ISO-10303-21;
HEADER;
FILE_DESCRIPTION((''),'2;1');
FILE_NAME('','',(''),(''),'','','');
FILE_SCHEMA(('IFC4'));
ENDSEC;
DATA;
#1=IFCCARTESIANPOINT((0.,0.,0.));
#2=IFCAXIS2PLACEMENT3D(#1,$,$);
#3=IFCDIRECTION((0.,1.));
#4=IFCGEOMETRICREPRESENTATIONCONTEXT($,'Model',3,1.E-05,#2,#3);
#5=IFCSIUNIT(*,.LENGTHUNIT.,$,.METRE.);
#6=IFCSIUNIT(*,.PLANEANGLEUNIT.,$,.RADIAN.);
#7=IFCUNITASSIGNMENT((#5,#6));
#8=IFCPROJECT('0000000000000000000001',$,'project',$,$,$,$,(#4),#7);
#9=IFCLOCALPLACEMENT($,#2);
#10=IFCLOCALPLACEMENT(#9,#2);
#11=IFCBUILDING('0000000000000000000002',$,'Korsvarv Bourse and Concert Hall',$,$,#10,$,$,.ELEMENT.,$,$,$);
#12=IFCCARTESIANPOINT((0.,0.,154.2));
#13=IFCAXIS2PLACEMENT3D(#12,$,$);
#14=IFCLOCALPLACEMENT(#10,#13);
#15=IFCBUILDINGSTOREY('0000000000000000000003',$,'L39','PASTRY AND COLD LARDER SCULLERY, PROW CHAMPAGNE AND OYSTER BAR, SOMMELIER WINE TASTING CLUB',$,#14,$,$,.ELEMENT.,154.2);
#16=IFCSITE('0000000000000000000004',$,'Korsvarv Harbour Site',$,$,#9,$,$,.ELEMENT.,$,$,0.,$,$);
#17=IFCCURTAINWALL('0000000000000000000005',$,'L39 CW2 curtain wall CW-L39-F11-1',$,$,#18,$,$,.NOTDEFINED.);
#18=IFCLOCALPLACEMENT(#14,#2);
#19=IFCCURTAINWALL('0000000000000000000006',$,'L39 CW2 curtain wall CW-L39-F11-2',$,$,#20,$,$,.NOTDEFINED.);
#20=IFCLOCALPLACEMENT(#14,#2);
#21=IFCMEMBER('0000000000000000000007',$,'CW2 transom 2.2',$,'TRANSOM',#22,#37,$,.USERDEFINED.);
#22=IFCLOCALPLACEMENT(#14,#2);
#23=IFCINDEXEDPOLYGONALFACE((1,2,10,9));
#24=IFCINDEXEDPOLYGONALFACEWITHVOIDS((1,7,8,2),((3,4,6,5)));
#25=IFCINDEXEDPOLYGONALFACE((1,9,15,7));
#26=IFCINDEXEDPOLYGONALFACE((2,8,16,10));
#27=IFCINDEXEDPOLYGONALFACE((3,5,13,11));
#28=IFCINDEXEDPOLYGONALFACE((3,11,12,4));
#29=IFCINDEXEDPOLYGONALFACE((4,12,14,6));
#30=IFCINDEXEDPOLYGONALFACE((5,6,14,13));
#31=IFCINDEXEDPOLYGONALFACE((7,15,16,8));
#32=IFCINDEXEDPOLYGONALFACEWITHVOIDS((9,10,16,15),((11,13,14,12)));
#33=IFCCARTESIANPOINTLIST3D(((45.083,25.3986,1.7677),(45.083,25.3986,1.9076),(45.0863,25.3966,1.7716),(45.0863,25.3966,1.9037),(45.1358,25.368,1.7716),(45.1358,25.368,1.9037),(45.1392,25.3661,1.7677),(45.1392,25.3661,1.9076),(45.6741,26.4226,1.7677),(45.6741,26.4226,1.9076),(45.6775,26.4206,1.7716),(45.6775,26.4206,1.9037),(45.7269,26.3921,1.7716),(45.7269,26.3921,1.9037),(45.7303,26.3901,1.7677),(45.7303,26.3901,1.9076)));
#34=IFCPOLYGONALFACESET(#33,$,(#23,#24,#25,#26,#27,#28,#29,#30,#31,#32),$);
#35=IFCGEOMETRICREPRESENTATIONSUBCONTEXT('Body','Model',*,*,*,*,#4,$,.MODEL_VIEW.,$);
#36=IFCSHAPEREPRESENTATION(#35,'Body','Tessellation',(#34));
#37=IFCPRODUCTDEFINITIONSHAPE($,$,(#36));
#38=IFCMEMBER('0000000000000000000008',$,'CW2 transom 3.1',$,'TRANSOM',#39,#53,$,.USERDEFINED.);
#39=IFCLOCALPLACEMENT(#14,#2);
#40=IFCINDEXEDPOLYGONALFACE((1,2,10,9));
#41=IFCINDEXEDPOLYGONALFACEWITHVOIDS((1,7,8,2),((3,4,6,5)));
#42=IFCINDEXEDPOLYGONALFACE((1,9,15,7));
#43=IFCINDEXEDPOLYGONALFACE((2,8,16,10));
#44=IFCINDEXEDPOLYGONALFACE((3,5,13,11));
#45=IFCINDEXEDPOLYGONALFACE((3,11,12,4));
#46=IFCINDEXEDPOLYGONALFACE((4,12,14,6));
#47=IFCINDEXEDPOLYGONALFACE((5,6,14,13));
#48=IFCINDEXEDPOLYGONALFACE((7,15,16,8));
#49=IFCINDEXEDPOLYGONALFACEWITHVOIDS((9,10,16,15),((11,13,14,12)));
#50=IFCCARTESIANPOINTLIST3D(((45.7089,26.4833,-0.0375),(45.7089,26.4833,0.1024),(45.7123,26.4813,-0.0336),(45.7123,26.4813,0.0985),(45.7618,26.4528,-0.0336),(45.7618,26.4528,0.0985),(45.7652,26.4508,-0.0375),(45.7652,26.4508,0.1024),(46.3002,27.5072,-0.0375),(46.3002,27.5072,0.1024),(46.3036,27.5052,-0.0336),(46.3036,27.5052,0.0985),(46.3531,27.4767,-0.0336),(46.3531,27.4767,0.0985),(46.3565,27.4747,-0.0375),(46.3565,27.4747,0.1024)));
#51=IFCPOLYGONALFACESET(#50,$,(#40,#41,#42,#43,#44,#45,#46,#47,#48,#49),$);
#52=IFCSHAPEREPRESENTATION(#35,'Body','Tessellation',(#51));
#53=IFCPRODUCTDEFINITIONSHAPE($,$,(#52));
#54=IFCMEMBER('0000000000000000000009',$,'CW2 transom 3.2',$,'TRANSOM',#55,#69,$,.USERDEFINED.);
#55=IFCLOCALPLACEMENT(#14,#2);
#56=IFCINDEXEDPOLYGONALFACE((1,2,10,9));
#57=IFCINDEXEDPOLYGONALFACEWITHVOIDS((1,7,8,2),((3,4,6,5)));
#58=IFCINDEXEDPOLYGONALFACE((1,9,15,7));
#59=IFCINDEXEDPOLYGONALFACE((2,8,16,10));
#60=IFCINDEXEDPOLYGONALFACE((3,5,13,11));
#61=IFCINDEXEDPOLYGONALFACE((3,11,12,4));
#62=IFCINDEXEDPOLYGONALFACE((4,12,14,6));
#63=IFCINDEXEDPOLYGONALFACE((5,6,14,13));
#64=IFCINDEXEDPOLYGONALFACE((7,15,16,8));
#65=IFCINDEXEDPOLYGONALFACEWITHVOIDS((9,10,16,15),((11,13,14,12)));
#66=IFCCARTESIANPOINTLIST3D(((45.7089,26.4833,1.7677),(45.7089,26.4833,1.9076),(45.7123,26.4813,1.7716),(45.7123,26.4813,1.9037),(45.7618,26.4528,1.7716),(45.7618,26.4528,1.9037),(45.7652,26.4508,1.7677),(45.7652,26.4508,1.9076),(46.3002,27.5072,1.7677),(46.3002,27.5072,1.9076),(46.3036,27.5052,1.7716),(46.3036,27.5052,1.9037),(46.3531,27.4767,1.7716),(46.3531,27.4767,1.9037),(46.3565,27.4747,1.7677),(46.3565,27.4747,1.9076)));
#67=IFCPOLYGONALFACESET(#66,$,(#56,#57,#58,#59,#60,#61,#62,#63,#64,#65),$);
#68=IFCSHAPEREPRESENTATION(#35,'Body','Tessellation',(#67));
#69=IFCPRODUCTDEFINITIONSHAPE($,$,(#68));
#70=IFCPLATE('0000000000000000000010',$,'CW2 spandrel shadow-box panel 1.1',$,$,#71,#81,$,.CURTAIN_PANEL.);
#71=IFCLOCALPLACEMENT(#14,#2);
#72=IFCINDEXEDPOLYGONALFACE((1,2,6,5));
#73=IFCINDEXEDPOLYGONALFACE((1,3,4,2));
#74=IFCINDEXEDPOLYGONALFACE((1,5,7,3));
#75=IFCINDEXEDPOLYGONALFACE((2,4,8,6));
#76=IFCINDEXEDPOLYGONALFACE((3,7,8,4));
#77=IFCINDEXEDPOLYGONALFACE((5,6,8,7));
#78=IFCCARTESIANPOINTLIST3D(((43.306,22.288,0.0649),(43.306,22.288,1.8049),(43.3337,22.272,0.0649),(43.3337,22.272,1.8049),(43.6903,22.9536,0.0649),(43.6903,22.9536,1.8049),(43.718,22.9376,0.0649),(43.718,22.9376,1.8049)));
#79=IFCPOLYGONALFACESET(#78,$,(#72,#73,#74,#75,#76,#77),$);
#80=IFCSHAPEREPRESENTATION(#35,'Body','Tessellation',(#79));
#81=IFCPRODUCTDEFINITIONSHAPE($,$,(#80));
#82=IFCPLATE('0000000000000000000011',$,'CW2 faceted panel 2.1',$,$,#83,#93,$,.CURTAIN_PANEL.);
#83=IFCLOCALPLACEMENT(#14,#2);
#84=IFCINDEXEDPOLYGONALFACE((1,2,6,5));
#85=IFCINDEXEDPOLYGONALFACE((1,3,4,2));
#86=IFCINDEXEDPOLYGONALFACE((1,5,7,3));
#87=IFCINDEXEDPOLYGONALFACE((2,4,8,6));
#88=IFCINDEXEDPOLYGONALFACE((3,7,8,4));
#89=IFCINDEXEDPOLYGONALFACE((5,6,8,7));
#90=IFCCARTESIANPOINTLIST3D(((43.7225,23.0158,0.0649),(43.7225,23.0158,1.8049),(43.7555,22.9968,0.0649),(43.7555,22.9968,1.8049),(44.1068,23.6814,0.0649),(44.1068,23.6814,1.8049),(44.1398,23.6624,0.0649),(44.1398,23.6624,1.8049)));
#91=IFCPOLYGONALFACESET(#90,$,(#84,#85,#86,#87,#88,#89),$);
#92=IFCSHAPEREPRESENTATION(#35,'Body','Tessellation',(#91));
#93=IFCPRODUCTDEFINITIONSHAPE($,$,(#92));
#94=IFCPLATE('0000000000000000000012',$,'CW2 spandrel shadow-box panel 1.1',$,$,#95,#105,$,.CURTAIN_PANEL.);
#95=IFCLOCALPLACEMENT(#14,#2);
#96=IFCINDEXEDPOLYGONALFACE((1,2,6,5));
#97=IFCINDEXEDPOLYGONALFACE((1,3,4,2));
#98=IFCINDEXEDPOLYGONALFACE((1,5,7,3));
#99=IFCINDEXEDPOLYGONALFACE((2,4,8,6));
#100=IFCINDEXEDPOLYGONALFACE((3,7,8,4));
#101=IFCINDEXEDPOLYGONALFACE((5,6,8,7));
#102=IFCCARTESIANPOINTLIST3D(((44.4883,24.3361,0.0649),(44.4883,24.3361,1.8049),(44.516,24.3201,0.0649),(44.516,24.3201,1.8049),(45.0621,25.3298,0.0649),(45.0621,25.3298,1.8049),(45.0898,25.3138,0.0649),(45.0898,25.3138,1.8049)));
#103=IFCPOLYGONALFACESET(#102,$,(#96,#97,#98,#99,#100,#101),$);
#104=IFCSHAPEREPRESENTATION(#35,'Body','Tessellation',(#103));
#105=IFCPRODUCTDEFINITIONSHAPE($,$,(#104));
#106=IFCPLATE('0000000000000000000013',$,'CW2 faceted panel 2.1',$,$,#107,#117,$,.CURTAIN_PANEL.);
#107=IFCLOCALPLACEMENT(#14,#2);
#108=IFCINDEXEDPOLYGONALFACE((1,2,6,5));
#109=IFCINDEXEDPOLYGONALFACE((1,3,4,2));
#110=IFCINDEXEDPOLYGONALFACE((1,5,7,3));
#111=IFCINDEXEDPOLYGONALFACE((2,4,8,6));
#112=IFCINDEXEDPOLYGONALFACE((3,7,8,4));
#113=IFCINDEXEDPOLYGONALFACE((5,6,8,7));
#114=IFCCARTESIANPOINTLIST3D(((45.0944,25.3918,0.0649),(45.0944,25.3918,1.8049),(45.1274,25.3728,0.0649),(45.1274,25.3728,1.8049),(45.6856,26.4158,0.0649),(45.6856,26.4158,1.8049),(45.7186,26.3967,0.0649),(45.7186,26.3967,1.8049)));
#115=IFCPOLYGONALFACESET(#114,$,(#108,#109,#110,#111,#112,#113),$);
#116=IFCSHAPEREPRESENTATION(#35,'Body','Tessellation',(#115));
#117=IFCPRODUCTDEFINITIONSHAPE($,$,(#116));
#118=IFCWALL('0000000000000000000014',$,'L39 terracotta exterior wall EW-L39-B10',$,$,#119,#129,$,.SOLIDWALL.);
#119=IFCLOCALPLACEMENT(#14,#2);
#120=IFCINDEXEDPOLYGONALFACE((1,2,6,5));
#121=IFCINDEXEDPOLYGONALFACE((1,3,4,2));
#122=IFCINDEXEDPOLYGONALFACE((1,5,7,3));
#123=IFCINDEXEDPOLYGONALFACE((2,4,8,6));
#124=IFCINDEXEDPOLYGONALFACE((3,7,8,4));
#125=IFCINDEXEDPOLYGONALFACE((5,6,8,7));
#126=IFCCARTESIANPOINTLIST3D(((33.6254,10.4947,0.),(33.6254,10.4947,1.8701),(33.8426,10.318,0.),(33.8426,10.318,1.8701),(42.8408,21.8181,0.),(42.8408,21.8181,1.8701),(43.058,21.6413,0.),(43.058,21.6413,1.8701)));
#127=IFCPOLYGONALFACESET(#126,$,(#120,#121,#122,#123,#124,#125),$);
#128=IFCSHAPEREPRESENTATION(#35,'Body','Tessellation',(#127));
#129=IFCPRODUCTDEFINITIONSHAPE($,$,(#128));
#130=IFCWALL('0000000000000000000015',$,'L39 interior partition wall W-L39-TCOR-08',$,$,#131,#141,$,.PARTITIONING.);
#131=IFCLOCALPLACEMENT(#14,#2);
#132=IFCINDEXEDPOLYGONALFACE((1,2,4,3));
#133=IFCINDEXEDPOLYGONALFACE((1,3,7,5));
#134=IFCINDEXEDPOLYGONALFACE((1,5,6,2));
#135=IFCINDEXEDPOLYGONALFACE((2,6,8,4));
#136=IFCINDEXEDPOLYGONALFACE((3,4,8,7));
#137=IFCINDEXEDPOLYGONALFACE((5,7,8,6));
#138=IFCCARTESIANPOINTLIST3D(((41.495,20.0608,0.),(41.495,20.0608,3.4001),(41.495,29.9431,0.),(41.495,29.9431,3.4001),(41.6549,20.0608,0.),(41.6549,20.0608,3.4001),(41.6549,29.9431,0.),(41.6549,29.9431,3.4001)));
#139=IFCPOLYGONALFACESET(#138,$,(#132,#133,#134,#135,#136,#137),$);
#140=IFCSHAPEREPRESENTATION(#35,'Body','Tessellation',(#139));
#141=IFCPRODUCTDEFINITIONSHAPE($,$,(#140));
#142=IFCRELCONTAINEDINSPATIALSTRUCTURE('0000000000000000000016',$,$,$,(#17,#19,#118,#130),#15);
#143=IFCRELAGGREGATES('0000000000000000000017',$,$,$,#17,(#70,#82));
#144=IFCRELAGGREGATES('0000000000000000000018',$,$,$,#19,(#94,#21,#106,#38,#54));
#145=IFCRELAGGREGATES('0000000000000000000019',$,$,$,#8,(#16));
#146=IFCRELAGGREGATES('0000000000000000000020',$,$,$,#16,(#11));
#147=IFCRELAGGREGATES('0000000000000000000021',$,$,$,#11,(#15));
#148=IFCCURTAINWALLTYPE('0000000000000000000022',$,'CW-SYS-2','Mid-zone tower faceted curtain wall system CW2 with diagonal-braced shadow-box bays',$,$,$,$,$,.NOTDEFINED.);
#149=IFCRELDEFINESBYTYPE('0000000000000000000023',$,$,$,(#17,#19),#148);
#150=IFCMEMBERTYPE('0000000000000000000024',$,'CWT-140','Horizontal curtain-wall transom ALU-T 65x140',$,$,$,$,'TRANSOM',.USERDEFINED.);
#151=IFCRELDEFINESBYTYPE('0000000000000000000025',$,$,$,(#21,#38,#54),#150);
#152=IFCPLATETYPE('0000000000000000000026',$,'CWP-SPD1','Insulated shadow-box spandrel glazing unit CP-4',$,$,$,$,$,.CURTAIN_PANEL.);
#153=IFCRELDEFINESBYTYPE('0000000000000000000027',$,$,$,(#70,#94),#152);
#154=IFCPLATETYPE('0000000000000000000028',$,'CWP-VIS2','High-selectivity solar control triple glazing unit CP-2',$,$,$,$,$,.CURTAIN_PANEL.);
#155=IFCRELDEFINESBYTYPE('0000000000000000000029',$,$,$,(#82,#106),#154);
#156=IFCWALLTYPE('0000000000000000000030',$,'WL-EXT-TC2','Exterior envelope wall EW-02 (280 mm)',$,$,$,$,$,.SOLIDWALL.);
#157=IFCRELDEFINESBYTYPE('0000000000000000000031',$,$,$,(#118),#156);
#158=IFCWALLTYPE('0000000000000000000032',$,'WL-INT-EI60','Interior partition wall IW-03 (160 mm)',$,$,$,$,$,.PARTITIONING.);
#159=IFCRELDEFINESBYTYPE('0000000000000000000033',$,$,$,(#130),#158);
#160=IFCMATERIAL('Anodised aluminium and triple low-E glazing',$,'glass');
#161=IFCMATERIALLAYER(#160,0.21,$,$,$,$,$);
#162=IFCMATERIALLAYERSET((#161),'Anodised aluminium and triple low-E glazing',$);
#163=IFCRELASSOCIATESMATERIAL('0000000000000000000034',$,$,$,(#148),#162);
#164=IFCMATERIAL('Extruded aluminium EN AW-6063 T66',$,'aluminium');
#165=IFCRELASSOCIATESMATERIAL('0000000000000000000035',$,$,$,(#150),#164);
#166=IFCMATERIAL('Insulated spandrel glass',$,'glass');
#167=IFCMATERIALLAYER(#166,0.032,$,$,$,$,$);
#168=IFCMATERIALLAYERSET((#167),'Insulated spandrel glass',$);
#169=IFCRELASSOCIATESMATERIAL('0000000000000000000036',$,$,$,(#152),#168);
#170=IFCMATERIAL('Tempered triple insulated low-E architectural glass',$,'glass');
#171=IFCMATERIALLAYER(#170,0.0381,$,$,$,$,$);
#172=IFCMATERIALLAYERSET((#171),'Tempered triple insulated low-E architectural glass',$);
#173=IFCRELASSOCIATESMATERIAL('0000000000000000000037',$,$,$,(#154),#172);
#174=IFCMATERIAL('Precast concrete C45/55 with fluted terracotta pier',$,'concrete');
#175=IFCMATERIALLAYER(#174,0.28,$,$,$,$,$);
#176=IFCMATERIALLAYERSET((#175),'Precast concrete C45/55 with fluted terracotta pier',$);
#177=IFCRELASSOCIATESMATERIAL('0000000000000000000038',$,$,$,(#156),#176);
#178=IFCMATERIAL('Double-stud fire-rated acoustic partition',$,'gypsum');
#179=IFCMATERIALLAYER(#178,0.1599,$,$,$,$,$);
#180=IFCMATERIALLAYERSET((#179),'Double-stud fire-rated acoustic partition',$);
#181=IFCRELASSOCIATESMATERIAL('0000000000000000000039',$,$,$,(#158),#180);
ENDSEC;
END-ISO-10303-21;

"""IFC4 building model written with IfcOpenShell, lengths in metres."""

from ifc_helpers import new_model, si_unit, direction, frame, frame_2d, origin, origin_2d, place, context, subcontext, project, spatial, rectangle, hollow_rectangle, extrude, source, transform, mapped, material, layer, layer_set, material_profile, profile_set, type_object, element, aggregate, save


model = new_model("IFC4")

# Units and contexts
model_context = context("Model", 3, precision=1e-05, world=origin(), true_north=direction((0.0, 1.0)))
body_context = subcontext(model_context, "Body", "Model", "MODEL_VIEW")
ifc_project = project(units=[si_unit("LENGTHUNIT", "METRE"), si_unit("PLANEANGLEUNIT", "RADIAN")], contexts=[model_context])

# Site, building, storey
site_placement = place(None, origin())
site = spatial("IfcSite", under=ifc_project, at=site_placement, Name="Korsvarv Harbour Site", CompositionType="ELEMENT", RefElevation=0.0)
building_placement = place(site_placement, origin())
building = spatial("IfcBuilding", under=site, at=building_placement, Name="Korsvarv Bourse and Concert Hall", CompositionType="ELEMENT")
storey_placement = place(building_placement, frame((0.0, 0.0, 154.2)))
storey = spatial("IfcBuildingStorey", under=building, at=storey_placement, Name="L39", Description="PASTRY AND COLD LARDER SCULLERY, PROW CHAMPAGNE AND OYSTER BAR, SOMMELIER WINE TASTING CLUB", CompositionType="ELEMENT", Elevation=154.2)

# Curtain walls
ifc_material_1 = material(Name="Anodised aluminium and triple low-E glazing", Category="glass")
ifc_layer_1 = layer(ifc_material_1, 0.21)
ifc_layer_set_1 = layer_set([ifc_layer_1], Name="Anodised aluminium and triple low-E glazing")
curtain_wall_type = type_object("IfcCurtainWallType", Name="CW-SYS-2", Description="Mid-zone tower faceted curtain wall system CW2 with diagonal-braced shadow-box bays", PredefinedType="NOTDEFINED", material=ifc_layer_set_1)
curtain_wall_1_placement = place(storey_placement, origin())
curtain_wall_1 = element("IfcCurtainWall", 1, at=curtain_wall_1_placement, inside=storey, type_object=curtain_wall_type, Name="L39 CW2 curtain wall CW-L39-F11-1", PredefinedType="NOTDEFINED")
ifc_material_2 = material(Name="Extruded aluminium EN AW-6063 T66", Category="aluminium")
curtain_wall_2_placement = place(storey_placement, origin())
curtain_wall_2 = element("IfcCurtainWall", 2, at=curtain_wall_2_placement, inside=storey, type_object=curtain_wall_type, Name="L39 CW2 curtain wall CW-L39-F11-2", PredefinedType="NOTDEFINED")

# Members
ifc_material_profile_1 = material_profile(ifc_material_2, hollow_rectangle(XDim=0.0649, YDim=0.1399, WallThickness=0.0039, at=origin_2d()), Name="ALU-T 65x140")
ifc_profile_set_1 = profile_set([ifc_material_profile_1], Name="Extruded aluminium EN AW-6063 T66")
member_type_1 = type_object("IfcMemberType", Name="CWT-140", Description="Horizontal curtain-wall transom ALU-T 65x140", ElementType="TRANSOM", PredefinedType="USERDEFINED", material=ifc_profile_set_1)
shared_shape_1 = source(origin(), body_context, "Body", "SweptSolid", [
    extrude(hollow_rectangle(XDim=0.0649, YDim=0.1399, WallThickness=0.0039, at=origin_2d()), origin(), (0.0, 0.0, 1.0), 1.1824),
])
member_1_placement = place(storey_placement, frame((45.1111, 25.3823, 1.8376), z_axis=(0.499937, 0.866062, 0.0), x_axis=(-0.866062, 0.499937, 0.0)))
member_1 = element("IfcMember", 3, at=member_1_placement, type_object=member_type_1, Name="CW2 transom 2.2", ObjectType="TRANSOM", PredefinedType="USERDEFINED", context=body_context, shape_type="MappedRepresentation", body=[
    mapped(shared_shape_1, transform((0.0, 0.0, 0.0), scale=1.0)),
])
member_2_placement = place(storey_placement, frame((45.7371, 26.467, 0.0325), z_axis=(0.500092, 0.865972, 0.0), x_axis=(-0.865972, 0.500092, 0.0)))
member_2 = element("IfcMember", 4, at=member_2_placement, type_object=member_type_1, Name="CW2 transom 3.1", ObjectType="TRANSOM", PredefinedType="USERDEFINED", context=body_context, shape_type="MappedRepresentation", body=[
    mapped(shared_shape_1, transform((0.0, 0.0, 0.0), scale=1.0)),
])
member_3_placement = place(storey_placement, frame((45.7371, 26.467, 1.8376), z_axis=(0.500092, 0.865972, 0.0), x_axis=(-0.865972, 0.500092, 0.0)))
member_3 = element("IfcMember", 5, at=member_3_placement, type_object=member_type_1, Name="CW2 transom 3.2", ObjectType="TRANSOM", PredefinedType="USERDEFINED", context=body_context, shape_type="MappedRepresentation", body=[
    mapped(shared_shape_1, transform((0.0, 0.0, 0.0), scale=1.0)),
])

# Plates
ifc_material_3 = material(Name="Insulated spandrel glass", Category="glass")
ifc_layer_2 = layer(ifc_material_3, 0.032)
ifc_layer_set_2 = layer_set([ifc_layer_2], Name="Insulated spandrel glass")
plate_type_1 = type_object("IfcPlateType", Name="CWP-SPD1", Description="Insulated shadow-box spandrel glazing unit CP-4", PredefinedType="CURTAIN_PANEL", material=ifc_layer_set_2)
shared_shape_2 = source(origin(), body_context, "Body", "SweptSolid", [
    extrude(rectangle(XDim=0.7686, YDim=0.032, at=origin_2d()), origin(), (0.0, 0.0, 1.0), 1.74),
])
plate_1_placement = place(storey_placement, frame((43.512, 22.6128, 0.0649), z_axis=(0.0, 0.0, 1.0), x_axis=(0.500005, 0.866023, 0.0)))
plate_1 = element("IfcPlate", 6, at=plate_1_placement, type_object=plate_type_1, Name="CW2 spandrel shadow-box panel 1.1", PredefinedType="CURTAIN_PANEL", context=body_context, shape_type="MappedRepresentation", body=[
    mapped(shared_shape_2, transform((0.0, 0.0, 0.0), scale=1.0)),
])
ifc_material_4 = material(Name="Tempered triple insulated low-E architectural glass", Category="glass")
ifc_layer_3 = layer(ifc_material_4, 0.0381)
ifc_layer_set_3 = layer_set([ifc_layer_3], Name="Tempered triple insulated low-E architectural glass")
plate_type_2 = type_object("IfcPlateType", Name="CWP-VIS2", Description="High-selectivity solar control triple glazing unit CP-2", PredefinedType="CURTAIN_PANEL", material=ifc_layer_set_3)
shared_shape_3 = source(origin(), body_context, "Body", "SweptSolid", [
    extrude(rectangle(XDim=0.7686, YDim=0.0381, at=origin_2d()), origin(), (0.0, 0.0, 1.0), 1.74),
])
plate_2_placement = place(storey_placement, frame((43.9312, 23.3391, 0.0649), z_axis=(0.0, 0.0, 1.0), x_axis=(0.500005, 0.866023, 0.0)))
plate_2 = element("IfcPlate", 7, at=plate_2_placement, type_object=plate_type_2, Name="CW2 faceted panel 2.1", PredefinedType="CURTAIN_PANEL", context=body_context, shape_type="MappedRepresentation", body=[
    mapped(shared_shape_3, transform((0.0, 0.0, 0.0), scale=1.0)),
])
aggregate(curtain_wall_1, [plate_1, plate_2])
shared_shape_4 = source(origin(), body_context, "Body", "SweptSolid", [
    extrude(rectangle(XDim=1.1475, YDim=0.032, at=origin_2d()), origin(), (0.0, 0.0, 1.0), 1.74),
])
plate_3_placement = place(storey_placement, frame((44.7891, 24.825, 0.0649), z_axis=(0.0, 0.0, 1.0), x_axis=(0.500005, 0.866023, 0.0)))
plate_3 = element("IfcPlate", 8, at=plate_3_placement, type_object=plate_type_1, Name="CW2 spandrel shadow-box panel 1.1", PredefinedType="CURTAIN_PANEL", context=body_context, shape_type="MappedRepresentation", body=[
    mapped(shared_shape_4, transform((0.0, 0.0, 0.0), scale=1.0)),
])
shared_shape_5 = source(origin(), body_context, "Body", "SweptSolid", [
    extrude(rectangle(XDim=1.1824, YDim=0.0381, at=origin_2d()), origin(), (0.0, 0.0, 1.0), 1.74),
])
plate_4_placement = place(storey_placement, frame((45.4065, 25.8943, 0.0649), z_axis=(0.0, 0.0, 1.0), x_axis=(0.500005, 0.866023, 0.0)))
plate_4 = element("IfcPlate", 9, at=plate_4_placement, type_object=plate_type_2, Name="CW2 faceted panel 2.1", PredefinedType="CURTAIN_PANEL", context=body_context, shape_type="MappedRepresentation", body=[
    mapped(shared_shape_5, transform((0.0, 0.0, 0.0), scale=1.0)),
])
aggregate(curtain_wall_2, [plate_3, member_1, plate_4, member_2, member_3])

# Walls
ifc_material_5 = material(Name="Precast concrete C45/55 with fluted terracotta pier", Category="concrete")
ifc_layer_4 = layer(ifc_material_5, 0.28)
ifc_layer_set_4 = layer_set([ifc_layer_4], Name="Precast concrete C45/55 with fluted terracotta pier")
wall_type_1 = type_object("IfcWallType", Name="WL-EXT-TC2", Description="Exterior envelope wall EW-02 (280 mm)", PredefinedType="SOLIDWALL", material=ifc_layer_set_4)
wall_1_placement = place(storey_placement, frame((33.7339, 10.4062, 0.0), z_axis=(0.0, 0.0, 1.0), x_axis=(0.631219, 0.775604, 0.0)))
element("IfcWall", 10, at=wall_1_placement, inside=storey, type_object=wall_type_1, Name="L39 terracotta exterior wall EW-L39-B10", PredefinedType="SOLIDWALL", context=body_context, shape_type="SweptSolid", body=[
    extrude(rectangle(XDim=14.5994, YDim=0.28, at=frame_2d((7.2998, 0.0))), origin(), (0.0, 0.0, 1.0), 1.8701),
])
ifc_material_6 = material(Name="Double-stud fire-rated acoustic partition", Category="gypsum")
ifc_layer_5 = layer(ifc_material_6, 0.1599)
ifc_layer_set_5 = layer_set([ifc_layer_5], Name="Double-stud fire-rated acoustic partition")
wall_type_2 = type_object("IfcWallType", Name="WL-INT-EI60", Description="Interior partition wall IW-03 (160 mm)", PredefinedType="PARTITIONING", material=ifc_layer_set_5)
wall_2_placement = place(storey_placement, frame((41.575, 20.0608, 0.0), z_axis=(0.0, 0.0, 1.0), x_axis=(0.0, 1.0, 0.0)))
element("IfcWall", 11, at=wall_2_placement, inside=storey, type_object=wall_type_2, Name="L39 interior partition wall W-L39-TCOR-08", PredefinedType="PARTITIONING", context=body_context, shape_type="SweptSolid", body=[
    extrude(rectangle(XDim=9.8823, YDim=0.1599, at=frame_2d((4.9412, 0.0))), origin(), (0.0, 0.0, 1.0), 3.4001),
])

save(model, "model.ifc")
